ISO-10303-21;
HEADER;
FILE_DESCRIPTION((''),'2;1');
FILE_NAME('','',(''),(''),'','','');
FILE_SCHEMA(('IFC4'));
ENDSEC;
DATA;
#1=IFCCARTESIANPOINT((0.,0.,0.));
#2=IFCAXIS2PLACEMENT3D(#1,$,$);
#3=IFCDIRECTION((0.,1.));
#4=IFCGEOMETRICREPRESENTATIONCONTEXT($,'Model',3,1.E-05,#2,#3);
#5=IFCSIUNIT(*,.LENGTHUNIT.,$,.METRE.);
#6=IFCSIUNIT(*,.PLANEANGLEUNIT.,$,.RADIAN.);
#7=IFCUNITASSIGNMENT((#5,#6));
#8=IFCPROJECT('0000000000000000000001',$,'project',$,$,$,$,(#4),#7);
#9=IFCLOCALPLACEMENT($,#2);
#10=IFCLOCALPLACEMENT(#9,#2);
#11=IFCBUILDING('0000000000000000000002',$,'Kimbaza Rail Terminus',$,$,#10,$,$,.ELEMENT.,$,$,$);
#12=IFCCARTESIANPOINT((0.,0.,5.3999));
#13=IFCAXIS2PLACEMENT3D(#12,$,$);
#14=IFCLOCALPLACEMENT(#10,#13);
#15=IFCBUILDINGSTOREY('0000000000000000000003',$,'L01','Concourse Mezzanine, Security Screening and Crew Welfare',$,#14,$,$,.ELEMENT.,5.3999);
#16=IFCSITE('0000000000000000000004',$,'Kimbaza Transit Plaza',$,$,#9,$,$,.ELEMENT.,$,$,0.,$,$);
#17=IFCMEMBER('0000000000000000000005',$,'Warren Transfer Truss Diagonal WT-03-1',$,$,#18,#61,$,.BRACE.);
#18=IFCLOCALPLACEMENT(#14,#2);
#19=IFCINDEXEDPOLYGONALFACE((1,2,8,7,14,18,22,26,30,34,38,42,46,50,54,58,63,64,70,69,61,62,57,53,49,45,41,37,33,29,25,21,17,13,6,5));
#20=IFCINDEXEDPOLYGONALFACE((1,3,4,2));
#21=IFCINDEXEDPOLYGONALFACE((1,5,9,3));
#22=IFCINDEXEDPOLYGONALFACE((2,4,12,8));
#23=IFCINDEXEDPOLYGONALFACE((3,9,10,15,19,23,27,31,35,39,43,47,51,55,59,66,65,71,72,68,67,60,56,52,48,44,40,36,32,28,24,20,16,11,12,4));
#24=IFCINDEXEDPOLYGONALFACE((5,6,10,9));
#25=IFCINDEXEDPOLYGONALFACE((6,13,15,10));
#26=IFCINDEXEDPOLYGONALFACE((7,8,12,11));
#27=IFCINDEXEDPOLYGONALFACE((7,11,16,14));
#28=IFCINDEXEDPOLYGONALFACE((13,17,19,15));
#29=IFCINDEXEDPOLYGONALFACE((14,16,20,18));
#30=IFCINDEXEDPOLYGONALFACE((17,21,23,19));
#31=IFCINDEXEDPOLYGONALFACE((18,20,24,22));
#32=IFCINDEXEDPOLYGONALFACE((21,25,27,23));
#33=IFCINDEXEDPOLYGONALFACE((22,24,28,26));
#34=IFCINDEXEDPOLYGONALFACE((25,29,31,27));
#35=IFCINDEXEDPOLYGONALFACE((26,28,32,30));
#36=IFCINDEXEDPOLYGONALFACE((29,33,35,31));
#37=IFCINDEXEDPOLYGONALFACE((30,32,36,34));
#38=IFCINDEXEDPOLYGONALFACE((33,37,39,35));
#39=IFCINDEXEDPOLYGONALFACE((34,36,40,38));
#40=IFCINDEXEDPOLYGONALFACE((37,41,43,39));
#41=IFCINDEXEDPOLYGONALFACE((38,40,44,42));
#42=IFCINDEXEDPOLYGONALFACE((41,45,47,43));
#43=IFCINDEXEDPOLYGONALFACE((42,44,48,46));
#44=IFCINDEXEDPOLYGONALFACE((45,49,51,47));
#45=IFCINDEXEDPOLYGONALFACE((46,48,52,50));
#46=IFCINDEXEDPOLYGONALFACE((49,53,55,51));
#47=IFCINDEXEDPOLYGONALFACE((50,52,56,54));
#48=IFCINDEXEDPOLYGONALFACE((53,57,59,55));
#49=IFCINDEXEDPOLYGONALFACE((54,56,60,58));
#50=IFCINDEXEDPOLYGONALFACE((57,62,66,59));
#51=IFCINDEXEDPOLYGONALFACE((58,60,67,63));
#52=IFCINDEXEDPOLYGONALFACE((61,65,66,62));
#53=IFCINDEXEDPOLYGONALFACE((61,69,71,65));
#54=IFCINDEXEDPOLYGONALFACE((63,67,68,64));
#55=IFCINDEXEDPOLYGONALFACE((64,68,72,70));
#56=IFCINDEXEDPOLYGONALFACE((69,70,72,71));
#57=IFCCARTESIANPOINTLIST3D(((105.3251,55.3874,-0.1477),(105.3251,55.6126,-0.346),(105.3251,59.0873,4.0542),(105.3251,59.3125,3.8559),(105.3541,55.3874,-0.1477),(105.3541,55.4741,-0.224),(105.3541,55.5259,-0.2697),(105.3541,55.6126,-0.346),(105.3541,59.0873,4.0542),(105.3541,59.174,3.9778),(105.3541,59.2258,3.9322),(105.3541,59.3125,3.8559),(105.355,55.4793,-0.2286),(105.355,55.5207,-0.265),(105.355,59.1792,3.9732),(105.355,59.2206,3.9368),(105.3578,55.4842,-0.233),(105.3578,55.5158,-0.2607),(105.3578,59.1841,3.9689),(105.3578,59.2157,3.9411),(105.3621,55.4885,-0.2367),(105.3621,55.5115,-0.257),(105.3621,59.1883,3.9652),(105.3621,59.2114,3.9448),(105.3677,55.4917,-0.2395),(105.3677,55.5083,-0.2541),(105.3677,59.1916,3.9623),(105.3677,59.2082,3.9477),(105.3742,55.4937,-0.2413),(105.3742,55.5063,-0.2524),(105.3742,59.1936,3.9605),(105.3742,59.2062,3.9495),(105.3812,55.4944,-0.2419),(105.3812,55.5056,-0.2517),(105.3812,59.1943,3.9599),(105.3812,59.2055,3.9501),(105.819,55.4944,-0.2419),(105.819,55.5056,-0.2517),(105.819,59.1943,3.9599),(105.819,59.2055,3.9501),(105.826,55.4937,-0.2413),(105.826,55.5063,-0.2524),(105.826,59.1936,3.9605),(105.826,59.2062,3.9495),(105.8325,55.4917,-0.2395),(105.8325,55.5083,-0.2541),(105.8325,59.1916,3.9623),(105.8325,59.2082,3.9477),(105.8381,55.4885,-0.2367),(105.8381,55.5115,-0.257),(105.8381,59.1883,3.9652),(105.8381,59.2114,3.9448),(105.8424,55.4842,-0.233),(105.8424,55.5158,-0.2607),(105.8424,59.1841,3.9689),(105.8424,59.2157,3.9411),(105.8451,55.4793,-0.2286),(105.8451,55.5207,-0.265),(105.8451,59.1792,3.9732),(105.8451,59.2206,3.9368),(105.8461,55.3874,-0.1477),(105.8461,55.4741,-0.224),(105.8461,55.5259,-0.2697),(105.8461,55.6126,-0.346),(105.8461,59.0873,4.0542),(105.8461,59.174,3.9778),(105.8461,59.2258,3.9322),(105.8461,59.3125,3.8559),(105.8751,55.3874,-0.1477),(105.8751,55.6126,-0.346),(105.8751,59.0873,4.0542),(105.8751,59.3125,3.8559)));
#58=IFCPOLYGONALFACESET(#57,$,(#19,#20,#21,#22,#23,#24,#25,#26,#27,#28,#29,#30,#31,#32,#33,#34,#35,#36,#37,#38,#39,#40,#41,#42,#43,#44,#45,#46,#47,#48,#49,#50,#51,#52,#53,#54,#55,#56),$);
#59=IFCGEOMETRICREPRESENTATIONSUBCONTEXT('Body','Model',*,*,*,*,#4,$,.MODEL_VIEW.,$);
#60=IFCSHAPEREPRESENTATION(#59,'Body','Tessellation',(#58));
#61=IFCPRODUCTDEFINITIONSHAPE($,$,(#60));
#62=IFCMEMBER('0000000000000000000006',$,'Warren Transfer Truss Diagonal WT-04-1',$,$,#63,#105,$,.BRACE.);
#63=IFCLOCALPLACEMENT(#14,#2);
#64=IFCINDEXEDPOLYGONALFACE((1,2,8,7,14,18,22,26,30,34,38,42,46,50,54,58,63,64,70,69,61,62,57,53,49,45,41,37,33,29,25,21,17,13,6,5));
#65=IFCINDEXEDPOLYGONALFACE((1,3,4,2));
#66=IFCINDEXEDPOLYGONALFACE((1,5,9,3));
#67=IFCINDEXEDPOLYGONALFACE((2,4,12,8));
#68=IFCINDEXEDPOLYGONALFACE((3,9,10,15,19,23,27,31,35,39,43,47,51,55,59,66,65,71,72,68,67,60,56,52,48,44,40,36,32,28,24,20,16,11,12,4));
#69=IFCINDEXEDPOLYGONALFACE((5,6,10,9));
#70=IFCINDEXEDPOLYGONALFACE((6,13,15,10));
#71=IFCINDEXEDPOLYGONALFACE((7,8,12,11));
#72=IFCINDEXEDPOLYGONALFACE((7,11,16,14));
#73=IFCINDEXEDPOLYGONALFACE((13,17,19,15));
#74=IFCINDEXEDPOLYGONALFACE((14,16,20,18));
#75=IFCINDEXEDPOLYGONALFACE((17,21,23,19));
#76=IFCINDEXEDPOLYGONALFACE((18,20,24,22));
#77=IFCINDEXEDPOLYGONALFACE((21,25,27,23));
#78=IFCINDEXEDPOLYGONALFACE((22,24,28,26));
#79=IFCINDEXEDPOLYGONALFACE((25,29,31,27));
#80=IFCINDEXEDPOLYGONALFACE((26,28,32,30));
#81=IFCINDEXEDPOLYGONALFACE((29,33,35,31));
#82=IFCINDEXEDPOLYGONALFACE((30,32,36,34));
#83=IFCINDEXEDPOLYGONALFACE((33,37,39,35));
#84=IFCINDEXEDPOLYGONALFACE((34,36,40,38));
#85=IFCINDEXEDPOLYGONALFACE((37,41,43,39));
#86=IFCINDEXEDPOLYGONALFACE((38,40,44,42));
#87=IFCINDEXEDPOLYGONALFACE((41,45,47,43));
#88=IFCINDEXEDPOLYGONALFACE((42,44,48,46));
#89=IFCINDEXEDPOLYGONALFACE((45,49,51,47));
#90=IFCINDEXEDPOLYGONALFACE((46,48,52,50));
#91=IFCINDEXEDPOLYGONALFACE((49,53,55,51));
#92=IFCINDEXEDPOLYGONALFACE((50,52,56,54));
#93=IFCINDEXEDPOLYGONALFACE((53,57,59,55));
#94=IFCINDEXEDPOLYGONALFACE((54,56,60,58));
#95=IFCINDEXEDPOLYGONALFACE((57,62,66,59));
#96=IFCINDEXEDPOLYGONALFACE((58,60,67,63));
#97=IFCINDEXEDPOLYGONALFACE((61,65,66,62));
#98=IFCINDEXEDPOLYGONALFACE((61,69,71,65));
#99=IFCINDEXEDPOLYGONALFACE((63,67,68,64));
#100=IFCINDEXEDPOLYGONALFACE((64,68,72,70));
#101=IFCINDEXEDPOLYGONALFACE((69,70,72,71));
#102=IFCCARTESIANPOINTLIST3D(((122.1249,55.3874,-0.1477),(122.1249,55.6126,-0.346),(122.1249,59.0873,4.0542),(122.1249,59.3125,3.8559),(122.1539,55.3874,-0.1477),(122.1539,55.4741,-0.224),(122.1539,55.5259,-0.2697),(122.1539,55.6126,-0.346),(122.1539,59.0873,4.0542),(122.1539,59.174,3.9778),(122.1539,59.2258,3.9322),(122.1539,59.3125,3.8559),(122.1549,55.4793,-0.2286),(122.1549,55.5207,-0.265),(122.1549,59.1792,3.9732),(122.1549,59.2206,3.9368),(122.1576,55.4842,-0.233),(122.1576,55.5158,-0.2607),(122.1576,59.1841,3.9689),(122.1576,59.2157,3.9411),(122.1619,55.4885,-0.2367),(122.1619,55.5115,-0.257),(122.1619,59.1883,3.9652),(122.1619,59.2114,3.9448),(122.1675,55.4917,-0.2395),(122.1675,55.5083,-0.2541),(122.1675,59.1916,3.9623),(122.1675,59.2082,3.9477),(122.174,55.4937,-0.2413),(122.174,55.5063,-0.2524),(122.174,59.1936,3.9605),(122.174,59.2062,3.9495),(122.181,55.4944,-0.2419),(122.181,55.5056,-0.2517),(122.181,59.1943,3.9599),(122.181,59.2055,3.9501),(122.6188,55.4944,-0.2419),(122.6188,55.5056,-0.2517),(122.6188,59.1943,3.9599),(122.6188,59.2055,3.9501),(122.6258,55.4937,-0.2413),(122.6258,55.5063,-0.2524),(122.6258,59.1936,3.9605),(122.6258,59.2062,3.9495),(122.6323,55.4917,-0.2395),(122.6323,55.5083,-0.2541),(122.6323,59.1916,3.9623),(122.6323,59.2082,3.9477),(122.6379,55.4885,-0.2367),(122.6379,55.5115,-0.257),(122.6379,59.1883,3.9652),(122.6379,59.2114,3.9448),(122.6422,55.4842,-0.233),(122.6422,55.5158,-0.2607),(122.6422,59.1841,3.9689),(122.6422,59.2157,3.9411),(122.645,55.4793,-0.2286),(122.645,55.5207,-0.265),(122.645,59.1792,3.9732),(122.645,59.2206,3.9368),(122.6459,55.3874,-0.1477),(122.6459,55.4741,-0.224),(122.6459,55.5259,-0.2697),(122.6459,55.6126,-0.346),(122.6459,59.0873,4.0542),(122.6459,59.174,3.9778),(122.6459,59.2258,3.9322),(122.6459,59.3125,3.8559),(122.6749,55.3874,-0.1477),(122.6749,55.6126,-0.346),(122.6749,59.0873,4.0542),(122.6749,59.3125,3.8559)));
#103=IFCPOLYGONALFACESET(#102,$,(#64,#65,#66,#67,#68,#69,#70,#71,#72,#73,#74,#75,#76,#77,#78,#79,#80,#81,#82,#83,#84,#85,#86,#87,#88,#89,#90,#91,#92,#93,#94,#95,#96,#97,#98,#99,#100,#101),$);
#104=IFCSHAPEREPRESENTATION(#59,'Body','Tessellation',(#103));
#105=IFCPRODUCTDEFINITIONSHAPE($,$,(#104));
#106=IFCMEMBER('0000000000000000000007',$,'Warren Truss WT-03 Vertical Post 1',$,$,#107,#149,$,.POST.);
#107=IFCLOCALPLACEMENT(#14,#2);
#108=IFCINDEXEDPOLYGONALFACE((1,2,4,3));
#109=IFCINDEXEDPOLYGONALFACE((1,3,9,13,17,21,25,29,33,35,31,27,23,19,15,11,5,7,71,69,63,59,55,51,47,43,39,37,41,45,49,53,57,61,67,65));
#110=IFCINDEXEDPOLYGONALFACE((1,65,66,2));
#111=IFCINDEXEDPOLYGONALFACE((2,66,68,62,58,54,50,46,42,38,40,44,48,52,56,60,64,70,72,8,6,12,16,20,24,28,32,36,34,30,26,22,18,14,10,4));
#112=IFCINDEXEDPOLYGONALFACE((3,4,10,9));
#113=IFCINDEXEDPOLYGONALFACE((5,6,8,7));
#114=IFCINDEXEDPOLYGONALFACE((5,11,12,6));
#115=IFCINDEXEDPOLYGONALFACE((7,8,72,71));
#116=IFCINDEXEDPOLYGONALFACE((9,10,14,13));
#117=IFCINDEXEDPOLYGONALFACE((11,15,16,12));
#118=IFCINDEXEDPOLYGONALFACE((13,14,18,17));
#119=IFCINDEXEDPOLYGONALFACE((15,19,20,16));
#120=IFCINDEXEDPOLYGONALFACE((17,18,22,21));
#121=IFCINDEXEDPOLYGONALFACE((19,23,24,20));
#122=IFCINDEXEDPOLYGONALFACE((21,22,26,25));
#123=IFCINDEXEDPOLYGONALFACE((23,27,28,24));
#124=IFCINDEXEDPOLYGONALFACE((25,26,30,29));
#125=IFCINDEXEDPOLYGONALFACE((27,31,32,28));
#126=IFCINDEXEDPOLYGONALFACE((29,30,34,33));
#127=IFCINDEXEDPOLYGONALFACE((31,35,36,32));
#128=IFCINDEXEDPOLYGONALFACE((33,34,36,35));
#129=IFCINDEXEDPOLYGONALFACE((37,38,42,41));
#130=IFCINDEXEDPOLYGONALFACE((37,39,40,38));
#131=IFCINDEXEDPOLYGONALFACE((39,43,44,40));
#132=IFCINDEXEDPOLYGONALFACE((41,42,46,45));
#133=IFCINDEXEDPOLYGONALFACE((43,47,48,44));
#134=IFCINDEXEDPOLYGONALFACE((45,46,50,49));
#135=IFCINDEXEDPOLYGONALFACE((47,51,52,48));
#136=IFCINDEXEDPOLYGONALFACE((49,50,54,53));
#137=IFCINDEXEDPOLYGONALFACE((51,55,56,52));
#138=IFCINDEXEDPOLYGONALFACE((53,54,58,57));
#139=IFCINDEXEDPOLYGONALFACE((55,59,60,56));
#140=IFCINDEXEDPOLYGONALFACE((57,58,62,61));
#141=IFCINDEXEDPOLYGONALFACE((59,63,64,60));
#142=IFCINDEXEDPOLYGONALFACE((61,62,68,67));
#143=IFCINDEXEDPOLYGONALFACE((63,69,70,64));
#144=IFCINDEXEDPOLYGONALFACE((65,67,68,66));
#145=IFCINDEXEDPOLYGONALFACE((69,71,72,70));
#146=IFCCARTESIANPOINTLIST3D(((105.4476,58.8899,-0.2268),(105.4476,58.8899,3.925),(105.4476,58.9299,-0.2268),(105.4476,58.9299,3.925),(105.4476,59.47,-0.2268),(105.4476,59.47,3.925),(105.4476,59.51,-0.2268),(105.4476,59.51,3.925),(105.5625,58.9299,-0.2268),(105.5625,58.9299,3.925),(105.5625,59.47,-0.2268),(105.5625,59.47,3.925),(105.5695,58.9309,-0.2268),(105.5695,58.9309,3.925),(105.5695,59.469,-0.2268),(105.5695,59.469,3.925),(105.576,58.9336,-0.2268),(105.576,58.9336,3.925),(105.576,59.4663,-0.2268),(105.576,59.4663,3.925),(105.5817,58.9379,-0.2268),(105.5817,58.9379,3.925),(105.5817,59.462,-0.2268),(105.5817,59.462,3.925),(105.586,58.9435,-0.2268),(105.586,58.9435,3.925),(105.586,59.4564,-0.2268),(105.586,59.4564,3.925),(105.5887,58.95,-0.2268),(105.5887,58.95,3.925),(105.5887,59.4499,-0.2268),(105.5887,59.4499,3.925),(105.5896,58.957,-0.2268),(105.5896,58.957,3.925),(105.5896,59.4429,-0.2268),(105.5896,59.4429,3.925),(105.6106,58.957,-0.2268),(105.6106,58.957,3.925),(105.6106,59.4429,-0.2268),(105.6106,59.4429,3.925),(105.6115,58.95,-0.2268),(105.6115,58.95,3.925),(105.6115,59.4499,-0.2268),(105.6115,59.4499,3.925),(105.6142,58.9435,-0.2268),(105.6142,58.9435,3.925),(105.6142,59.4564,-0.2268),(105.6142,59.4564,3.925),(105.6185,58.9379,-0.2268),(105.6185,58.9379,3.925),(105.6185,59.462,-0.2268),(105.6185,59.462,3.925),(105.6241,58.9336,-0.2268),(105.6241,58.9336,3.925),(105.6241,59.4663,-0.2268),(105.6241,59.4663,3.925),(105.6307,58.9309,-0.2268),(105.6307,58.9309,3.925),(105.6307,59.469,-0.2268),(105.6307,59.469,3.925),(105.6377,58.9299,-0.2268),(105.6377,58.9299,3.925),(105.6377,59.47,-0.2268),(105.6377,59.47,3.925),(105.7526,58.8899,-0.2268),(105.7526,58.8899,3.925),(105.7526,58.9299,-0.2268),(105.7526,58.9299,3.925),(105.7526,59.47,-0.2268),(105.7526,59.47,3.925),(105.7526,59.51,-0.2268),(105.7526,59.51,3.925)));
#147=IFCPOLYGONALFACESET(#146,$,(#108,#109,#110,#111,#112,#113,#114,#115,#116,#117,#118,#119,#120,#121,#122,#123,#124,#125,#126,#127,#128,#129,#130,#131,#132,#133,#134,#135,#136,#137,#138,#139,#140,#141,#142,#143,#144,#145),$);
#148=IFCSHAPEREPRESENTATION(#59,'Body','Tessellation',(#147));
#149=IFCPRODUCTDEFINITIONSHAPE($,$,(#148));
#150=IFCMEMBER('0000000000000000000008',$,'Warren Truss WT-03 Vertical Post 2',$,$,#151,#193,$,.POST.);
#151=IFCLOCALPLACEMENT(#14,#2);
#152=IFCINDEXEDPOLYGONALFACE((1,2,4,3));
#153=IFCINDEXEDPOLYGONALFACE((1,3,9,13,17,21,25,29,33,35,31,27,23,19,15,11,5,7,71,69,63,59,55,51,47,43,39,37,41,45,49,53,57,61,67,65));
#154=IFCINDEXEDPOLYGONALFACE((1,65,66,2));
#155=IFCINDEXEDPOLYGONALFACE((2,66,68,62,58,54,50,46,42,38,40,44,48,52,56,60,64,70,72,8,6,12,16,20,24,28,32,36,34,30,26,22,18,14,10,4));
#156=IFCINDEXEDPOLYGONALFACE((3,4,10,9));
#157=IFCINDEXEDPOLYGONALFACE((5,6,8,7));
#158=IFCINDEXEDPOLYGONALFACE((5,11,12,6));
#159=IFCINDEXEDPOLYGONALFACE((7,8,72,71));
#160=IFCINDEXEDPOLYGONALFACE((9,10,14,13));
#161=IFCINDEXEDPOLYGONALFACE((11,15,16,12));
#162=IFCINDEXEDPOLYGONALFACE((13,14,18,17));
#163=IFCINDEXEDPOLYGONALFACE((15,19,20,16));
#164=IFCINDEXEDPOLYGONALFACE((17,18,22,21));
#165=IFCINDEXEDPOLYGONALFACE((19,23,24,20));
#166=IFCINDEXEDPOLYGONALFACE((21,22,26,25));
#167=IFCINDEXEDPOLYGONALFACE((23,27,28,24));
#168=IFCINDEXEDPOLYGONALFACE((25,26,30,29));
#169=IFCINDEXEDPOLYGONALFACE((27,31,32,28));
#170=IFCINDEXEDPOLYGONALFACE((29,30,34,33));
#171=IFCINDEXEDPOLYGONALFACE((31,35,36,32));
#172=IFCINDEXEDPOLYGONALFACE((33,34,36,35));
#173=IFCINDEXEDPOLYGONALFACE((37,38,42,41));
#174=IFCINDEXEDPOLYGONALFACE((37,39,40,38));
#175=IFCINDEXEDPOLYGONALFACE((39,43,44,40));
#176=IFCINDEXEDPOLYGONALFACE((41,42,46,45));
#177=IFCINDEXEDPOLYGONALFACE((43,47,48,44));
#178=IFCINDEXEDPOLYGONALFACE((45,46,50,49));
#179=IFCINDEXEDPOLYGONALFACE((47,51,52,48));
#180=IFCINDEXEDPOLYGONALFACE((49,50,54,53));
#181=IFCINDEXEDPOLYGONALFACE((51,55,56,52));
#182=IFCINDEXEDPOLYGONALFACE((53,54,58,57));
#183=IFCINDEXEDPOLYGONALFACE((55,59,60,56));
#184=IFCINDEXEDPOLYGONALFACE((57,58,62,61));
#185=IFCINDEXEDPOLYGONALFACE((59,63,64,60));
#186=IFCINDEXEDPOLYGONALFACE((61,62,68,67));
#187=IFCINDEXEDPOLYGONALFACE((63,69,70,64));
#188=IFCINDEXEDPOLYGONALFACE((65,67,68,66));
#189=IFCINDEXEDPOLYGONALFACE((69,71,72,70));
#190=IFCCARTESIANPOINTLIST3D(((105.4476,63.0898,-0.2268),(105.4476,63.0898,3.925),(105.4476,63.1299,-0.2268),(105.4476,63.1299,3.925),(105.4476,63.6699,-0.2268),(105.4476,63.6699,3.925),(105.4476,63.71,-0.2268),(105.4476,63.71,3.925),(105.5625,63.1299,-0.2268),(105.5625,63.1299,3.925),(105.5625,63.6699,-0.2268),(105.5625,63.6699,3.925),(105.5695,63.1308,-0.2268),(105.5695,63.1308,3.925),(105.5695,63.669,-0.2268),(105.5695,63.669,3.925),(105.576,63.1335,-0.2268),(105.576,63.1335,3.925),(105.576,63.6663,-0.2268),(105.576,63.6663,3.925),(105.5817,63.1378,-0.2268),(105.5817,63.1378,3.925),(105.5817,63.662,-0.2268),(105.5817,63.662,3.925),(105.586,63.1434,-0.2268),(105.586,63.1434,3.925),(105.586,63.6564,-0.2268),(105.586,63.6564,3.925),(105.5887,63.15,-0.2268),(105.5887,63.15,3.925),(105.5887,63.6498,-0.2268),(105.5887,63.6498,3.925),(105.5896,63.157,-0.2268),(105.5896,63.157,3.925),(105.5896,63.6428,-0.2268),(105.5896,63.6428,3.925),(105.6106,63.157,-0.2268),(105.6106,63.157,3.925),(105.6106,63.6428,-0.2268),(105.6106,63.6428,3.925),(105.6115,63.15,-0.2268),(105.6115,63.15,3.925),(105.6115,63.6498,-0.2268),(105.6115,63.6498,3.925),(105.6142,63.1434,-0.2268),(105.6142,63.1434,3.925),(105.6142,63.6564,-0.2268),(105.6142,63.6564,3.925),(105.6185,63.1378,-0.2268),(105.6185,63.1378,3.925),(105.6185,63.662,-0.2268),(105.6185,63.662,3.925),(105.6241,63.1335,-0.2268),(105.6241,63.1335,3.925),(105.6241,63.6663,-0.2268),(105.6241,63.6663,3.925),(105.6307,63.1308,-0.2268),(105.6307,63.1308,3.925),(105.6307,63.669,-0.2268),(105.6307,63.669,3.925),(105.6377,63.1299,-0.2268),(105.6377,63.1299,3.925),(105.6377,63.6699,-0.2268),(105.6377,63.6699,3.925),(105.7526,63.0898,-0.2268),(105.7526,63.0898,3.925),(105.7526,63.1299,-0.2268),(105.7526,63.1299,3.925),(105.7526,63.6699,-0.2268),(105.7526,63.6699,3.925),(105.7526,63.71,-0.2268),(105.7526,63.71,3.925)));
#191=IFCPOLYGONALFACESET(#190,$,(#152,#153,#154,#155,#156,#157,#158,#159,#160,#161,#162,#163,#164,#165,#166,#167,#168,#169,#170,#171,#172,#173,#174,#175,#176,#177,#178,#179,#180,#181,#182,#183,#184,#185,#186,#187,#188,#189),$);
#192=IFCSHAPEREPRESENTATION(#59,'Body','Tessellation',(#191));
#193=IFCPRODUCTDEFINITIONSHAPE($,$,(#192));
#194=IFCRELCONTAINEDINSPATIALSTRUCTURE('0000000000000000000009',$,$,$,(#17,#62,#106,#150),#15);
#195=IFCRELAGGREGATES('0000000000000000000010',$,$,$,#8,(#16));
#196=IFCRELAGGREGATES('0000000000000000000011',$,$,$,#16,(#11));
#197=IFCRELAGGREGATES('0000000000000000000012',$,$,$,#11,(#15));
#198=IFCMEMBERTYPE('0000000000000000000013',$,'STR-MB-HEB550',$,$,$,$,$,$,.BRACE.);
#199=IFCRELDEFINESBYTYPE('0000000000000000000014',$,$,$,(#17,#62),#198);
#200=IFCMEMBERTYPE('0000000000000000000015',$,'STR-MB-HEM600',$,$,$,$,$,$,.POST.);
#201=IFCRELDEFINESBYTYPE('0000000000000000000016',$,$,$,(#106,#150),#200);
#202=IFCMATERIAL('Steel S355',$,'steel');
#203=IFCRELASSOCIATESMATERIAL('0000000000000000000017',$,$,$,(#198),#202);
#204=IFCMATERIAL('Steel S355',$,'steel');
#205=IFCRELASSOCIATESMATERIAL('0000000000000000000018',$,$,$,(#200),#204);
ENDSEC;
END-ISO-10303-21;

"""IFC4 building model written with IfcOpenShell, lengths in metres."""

from ifc_helpers import new_model, si_unit, direction, frame, origin, origin_2d, place, context, subcontext, project, spatial, i_section, extrude, material, material_profile, profile_set, type_object, element, save


model = new_model("IFC4")

# Units and contexts
model_context = context("Model", 3, precision=1e-05, world=origin(), true_north=direction((0.0, 1.0)))
body_context = subcontext(model_context, "Body", "Model", "MODEL_VIEW")
ifc_project = project(units=[si_unit("LENGTHUNIT", "METRE"), si_unit("PLANEANGLEUNIT", "RADIAN")], contexts=[model_context])

# Site, building, storey
site_placement = place(None, origin())
site = spatial("IfcSite", under=ifc_project, at=site_placement, Name="Kimbaza Transit Plaza", CompositionType="ELEMENT", RefElevation=0.0)
building_placement = place(site_placement, origin())
building = spatial("IfcBuilding", under=site, at=building_placement, Name="Kimbaza Rail Terminus", CompositionType="ELEMENT")
storey_placement = place(building_placement, frame((0.0, 0.0, 5.3999)))
storey = spatial("IfcBuildingStorey", under=building, at=storey_placement, Name="L01", Description="Concourse Mezzanine, Security Screening and Crew Welfare", CompositionType="ELEMENT", Elevation=5.3999)

# Members
ifc_material_1 = material(Name="Steel S355", Category="steel")
ifc_material_profile_1 = material_profile(ifc_material_1, i_section(OverallWidth=0.3, OverallDepth=0.55, WebThickness=0.0149, FlangeThickness=0.0291, FilletRadius=0.0271, at=origin_2d()), Name="HEB 550")
ifc_profile_set_1 = profile_set([ifc_material_profile_1], Name="Steel S355")
member_type_1 = type_object("IfcMemberType", Name="STR-MB-HEB550", PredefinedType="BRACE", material=ifc_profile_set_1)
for number, where, z_axis, x_axis, name in (
    (1, (105.6001, 55.5, -0.2468), (0.0, 0.660857, 0.750512), (0.0, -0.750512, 0.660857), "Warren Transfer Truss Diagonal WT-03-1"),
    (2, (122.3999, 55.5, -0.2468), (0.0, 0.660857, 0.750512), (0.0, -0.750512, 0.660857), "Warren Transfer Truss Diagonal WT-04-1"),
):
    element("IfcMember", number, at=place(storey_placement, frame(where, z_axis=z_axis, x_axis=x_axis)), inside=storey, type_object=member_type_1, Name=name, PredefinedType="BRACE", context=body_context, shape_type="SweptSolid", body=[
        extrude(i_section(OverallWidth=0.3, OverallDepth=0.55, WebThickness=0.0149, FlangeThickness=0.0291, FilletRadius=0.0271, at=origin_2d()), origin(), (0.0, 0.0, 1.0), 5.5986),
    ])
ifc_material_2 = material(Name="Steel S355", Category="steel")
ifc_material_profile_2 = material_profile(ifc_material_2, i_section(OverallWidth=0.3049, OverallDepth=0.6201, WebThickness=0.021, FlangeThickness=0.04, FilletRadius=0.0271, at=origin_2d()), Name="HEM 600")
ifc_profile_set_2 = profile_set([ifc_material_profile_2], Name="Steel S355")
member_type_2 = type_object("IfcMemberType", Name="STR-MB-HEM600", PredefinedType="POST", material=ifc_profile_set_2)
for number, where, z_axis, x_axis, name in (
    (3, (105.6001, 59.2, -0.2268), (0.0, 0.0, 1.0), (1.0, 0.0, 0.0), "Warren Truss WT-03 Vertical Post 1"),
    (4, (105.6001, 63.3999, -0.2268), (0.0, 0.0, 1.0), (1.0, 0.0, 0.0), "Warren Truss WT-03 Vertical Post 2"),
):
    element("IfcMember", number, at=place(storey_placement, frame(where, z_axis=z_axis, x_axis=x_axis)), inside=storey, type_object=member_type_2, Name=name, PredefinedType="POST", context=body_context, shape_type="SweptSolid", body=[
        extrude(i_section(OverallWidth=0.3049, OverallDepth=0.6201, WebThickness=0.021, FlangeThickness=0.04, FilletRadius=0.0271, at=origin_2d()), origin(), (0.0, 0.0, 1.0), 4.1519),
    ])

save(model, "model.ifc")
